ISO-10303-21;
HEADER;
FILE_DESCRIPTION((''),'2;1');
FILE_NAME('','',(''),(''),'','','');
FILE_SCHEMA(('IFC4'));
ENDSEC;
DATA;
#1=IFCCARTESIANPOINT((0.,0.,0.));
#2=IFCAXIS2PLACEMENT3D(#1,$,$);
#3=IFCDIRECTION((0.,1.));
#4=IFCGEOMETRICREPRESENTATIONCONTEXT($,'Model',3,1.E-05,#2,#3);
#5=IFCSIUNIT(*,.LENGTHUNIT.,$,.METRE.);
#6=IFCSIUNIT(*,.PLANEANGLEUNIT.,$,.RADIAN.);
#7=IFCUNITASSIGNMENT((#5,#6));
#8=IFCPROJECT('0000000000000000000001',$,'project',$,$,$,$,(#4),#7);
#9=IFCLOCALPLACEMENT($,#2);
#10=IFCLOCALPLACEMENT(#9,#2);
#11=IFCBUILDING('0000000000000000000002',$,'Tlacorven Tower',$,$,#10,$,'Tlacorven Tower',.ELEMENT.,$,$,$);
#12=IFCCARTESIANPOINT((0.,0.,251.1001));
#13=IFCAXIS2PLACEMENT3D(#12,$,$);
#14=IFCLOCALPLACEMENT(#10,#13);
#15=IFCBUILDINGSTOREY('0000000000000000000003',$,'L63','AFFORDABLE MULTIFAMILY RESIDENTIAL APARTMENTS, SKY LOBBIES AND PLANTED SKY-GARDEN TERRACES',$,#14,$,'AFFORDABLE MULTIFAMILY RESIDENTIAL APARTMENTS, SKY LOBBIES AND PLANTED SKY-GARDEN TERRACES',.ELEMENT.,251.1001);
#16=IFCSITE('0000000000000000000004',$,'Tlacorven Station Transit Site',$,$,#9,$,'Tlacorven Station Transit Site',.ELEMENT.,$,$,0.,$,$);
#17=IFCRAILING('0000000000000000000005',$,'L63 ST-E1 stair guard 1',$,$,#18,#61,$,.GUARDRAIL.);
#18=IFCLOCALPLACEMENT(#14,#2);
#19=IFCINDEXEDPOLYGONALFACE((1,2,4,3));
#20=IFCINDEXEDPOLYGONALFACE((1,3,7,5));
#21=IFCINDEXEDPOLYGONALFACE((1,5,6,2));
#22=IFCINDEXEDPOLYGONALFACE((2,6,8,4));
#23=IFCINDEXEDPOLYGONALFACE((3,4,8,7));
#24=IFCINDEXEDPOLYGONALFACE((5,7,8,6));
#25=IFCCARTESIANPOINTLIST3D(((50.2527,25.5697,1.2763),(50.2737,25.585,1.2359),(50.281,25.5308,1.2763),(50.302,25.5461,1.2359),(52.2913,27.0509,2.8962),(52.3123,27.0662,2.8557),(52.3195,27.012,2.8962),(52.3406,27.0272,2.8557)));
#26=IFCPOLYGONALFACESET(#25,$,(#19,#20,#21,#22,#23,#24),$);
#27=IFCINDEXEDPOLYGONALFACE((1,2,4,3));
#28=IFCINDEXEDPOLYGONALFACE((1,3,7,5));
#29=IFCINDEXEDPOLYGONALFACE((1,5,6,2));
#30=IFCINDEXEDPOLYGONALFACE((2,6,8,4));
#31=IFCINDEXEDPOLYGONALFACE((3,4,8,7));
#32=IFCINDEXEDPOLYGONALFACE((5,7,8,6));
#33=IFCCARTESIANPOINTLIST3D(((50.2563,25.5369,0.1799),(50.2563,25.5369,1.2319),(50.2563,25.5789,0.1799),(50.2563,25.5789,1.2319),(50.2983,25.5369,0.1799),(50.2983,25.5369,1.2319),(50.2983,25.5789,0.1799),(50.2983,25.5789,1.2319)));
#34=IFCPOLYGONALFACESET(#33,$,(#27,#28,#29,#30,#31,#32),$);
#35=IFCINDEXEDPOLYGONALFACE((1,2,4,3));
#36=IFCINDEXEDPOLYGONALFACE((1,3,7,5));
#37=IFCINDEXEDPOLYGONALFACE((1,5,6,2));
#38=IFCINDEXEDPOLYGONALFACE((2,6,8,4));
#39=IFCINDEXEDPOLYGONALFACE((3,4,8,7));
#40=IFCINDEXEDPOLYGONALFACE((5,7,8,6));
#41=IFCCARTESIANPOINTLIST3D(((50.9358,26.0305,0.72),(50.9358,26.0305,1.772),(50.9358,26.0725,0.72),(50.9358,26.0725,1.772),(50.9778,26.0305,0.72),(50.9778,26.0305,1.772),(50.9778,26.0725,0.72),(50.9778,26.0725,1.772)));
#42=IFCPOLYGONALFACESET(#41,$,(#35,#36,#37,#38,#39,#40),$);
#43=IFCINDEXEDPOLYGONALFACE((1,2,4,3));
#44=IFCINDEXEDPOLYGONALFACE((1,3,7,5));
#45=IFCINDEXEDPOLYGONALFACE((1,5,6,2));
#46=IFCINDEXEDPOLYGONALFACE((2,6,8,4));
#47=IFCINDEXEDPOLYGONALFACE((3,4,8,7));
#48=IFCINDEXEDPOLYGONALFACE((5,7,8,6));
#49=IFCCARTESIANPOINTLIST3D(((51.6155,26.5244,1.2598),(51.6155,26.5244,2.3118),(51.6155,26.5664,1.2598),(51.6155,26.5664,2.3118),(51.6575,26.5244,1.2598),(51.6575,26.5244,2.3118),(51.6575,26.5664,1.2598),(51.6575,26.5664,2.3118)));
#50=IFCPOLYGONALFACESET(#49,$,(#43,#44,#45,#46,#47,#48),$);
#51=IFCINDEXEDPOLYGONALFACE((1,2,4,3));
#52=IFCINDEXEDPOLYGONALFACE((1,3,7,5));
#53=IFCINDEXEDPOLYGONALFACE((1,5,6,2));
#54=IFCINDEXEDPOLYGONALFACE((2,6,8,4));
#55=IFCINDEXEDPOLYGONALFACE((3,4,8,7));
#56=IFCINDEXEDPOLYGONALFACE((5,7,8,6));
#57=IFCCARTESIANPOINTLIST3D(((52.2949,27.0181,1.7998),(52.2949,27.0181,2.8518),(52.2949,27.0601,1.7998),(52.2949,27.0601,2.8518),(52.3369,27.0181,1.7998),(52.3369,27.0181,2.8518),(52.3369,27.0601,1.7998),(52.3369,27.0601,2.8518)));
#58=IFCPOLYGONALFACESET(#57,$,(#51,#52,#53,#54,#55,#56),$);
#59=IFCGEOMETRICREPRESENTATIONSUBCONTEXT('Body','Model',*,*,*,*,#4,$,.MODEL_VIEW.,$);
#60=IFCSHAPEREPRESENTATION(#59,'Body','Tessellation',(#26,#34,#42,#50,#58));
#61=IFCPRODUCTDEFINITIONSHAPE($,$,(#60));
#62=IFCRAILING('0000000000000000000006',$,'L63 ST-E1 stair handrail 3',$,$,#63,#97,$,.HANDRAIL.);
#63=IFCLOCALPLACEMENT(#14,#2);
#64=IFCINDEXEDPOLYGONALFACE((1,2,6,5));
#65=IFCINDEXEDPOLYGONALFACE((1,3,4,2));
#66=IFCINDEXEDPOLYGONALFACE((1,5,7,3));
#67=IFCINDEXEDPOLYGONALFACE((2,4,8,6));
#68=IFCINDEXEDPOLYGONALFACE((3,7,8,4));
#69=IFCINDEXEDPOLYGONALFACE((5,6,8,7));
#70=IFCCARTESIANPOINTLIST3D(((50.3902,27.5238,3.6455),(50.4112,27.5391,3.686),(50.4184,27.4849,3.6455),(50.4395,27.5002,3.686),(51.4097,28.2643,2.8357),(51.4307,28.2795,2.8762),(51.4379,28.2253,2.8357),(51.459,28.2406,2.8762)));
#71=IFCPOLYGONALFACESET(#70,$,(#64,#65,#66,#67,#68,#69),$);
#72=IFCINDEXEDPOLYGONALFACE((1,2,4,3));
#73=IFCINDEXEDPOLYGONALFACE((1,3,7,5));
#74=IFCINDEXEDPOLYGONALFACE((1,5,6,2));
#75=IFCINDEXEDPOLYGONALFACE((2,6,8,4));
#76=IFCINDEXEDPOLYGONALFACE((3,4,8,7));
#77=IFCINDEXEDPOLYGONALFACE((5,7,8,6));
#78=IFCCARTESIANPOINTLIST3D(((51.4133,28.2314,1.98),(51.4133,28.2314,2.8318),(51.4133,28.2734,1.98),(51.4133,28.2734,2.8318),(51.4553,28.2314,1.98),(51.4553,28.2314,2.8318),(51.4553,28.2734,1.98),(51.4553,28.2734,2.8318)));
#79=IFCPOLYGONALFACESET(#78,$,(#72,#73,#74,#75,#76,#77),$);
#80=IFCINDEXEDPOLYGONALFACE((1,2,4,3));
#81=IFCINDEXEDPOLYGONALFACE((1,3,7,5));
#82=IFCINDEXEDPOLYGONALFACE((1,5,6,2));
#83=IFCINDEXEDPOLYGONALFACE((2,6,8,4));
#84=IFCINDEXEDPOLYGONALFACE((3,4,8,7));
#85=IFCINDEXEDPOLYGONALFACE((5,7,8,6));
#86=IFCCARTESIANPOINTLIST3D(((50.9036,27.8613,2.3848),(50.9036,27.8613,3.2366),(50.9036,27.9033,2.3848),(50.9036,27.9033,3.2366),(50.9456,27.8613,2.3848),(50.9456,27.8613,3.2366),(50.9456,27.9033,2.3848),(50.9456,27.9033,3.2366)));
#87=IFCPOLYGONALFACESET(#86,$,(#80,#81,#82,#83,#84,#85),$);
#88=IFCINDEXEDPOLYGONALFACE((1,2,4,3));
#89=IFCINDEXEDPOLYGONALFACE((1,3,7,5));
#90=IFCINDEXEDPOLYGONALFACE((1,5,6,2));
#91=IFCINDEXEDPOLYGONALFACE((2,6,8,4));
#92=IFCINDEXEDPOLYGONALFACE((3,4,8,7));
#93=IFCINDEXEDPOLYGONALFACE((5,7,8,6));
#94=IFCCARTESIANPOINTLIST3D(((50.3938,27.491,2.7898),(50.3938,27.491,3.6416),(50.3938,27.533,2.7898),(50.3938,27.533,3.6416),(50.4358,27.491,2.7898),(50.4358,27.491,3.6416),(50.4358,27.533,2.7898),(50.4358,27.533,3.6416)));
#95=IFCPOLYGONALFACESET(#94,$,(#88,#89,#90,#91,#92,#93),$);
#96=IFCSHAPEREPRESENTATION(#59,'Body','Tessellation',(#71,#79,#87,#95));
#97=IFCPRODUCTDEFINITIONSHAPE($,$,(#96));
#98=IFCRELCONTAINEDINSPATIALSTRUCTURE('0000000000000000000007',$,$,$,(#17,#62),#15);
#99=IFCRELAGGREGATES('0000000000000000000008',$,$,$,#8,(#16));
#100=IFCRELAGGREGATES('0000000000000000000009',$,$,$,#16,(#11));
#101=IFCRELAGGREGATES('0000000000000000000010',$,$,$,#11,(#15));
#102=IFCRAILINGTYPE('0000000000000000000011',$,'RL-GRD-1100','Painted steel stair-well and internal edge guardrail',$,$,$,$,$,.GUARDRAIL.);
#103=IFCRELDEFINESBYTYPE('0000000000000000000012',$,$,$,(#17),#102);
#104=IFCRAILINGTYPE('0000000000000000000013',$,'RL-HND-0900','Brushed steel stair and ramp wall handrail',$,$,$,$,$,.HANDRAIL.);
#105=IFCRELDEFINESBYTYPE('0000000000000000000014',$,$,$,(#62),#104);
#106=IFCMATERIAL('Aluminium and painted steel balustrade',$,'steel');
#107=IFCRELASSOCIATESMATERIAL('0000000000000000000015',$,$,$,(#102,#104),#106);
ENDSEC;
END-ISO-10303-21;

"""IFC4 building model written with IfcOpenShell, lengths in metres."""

from ifc_helpers import new_model, si_unit, direction, frame, origin, origin_2d, place, context, subcontext, project, spatial, rectangle, extrude, source, transform, mapped, material, type_object, element, save


model = new_model("IFC4")

# Units and contexts
model_context = context("Model", 3, precision=1e-05, world=origin(), true_north=direction((0.0, 1.0)))
body_context = subcontext(model_context, "Body", "Model", "MODEL_VIEW")
ifc_project = project(units=[si_unit("LENGTHUNIT", "METRE"), si_unit("PLANEANGLEUNIT", "RADIAN")], contexts=[model_context])

# Site, building, storey
site_placement = place(None, origin())
site = spatial("IfcSite", under=ifc_project, at=site_placement, Name="Tlacorven Station Transit Site", LongName="Tlacorven Station Transit Site", CompositionType="ELEMENT", RefElevation=0.0)
building_placement = place(site_placement, origin())
building = spatial("IfcBuilding", under=site, at=building_placement, Name="Tlacorven Tower", LongName="Tlacorven Tower", CompositionType="ELEMENT")
storey_placement = place(building_placement, frame((0.0, 0.0, 251.1001)))
storey = spatial("IfcBuildingStorey", under=building, at=storey_placement, Name="L63", Description="AFFORDABLE MULTIFAMILY RESIDENTIAL APARTMENTS, SKY LOBBIES AND PLANTED SKY-GARDEN TERRACES", LongName="AFFORDABLE MULTIFAMILY RESIDENTIAL APARTMENTS, SKY LOBBIES AND PLANTED SKY-GARDEN TERRACES", CompositionType="ELEMENT", Elevation=251.1001)

# Railings
ifc_material_1 = material(Name="Aluminium and painted steel balustrade", Category="steel")
railing_type_1 = type_object("IfcRailingType", Name="RL-GRD-1100", Description="Painted steel stair-well and internal edge guardrail", PredefinedType="GUARDRAIL", material=ifc_material_1)
railing_type_2 = type_object("IfcRailingType", Name="RL-HND-0900", Description="Brushed steel stair and ramp wall handrail", PredefinedType="HANDRAIL", material=ifc_material_1)
shared_shape_1 = source(origin(), body_context, "Body", "SweptSolid", [
    extrude(rectangle(XDim=0.0481, YDim=0.0481, at=origin_2d()), frame((0.0, 0.0, 1.0762), z_axis=(0.680519, 0.494456, 0.540747), x_axis=(-0.587809, 0.809, 0.0)), (0.0, 0.0, 1.0), 2.9956),
    extrude(rectangle(XDim=0.042, YDim=0.042, at=origin_2d()), origin(), (0.0, 0.0, 1.0), 1.052),
    extrude(rectangle(XDim=0.042, YDim=0.042, at=origin_2d()), frame((0.6794, 0.4937, 0.54)), (0.0, 0.0, 1.0), 1.052),
    extrude(rectangle(XDim=0.042, YDim=0.042, at=origin_2d()), frame((1.3591, 0.9875, 1.0798)), (0.0, 0.0, 1.0), 1.052),
    extrude(rectangle(XDim=0.042, YDim=0.042, at=origin_2d()), frame((2.0386, 1.4812, 1.6199)), (0.0, 0.0, 1.0), 1.052),
])
railing_1_placement = place(storey_placement, frame((50.2773, 25.5579, 0.1799)))
element("IfcRailing", 1, at=railing_1_placement, inside=storey, type_object=railing_type_1, Name="L63 ST-E1 stair guard 1", PredefinedType="GUARDRAIL", context=body_context, shape_type="MappedRepresentation", body=[
    mapped(shared_shape_1, transform((0.0, 0.0, 0.0), scale=1.0)),
])
shared_shape_2 = source(origin(), body_context, "Body", "SweptSolid", [
    extrude(rectangle(XDim=0.0481, YDim=0.0481, at=origin_2d()), frame((0.0, 0.0, 0.876), z_axis=(-0.680664, -0.494361, 0.540652), x_axis=(0.587653, -0.809113, 0.0)), (0.0, 0.0, 1.0), 1.4978),
    extrude(rectangle(XDim=0.042, YDim=0.042, at=origin_2d()), origin(), (0.0, 0.0, 1.0), 0.8518),
    extrude(rectangle(XDim=0.042, YDim=0.042, at=origin_2d()), frame((-0.5098, -0.3701, 0.4048)), (0.0, 0.0, 1.0), 0.8518),
    extrude(rectangle(XDim=0.042, YDim=0.042, at=origin_2d()), frame((-1.0195, -0.7405, 0.8098)), (0.0, 0.0, 1.0), 0.8518),
])
railing_2_placement = place(storey_placement, frame((51.4343, 28.2524, 1.98)))
element("IfcRailing", 2, at=railing_2_placement, inside=storey, type_object=railing_type_2, Name="L63 ST-E1 stair handrail 3", PredefinedType="HANDRAIL", context=body_context, shape_type="MappedRepresentation", body=[
    mapped(shared_shape_2, transform((0.0, 0.0, 0.0), scale=1.0)),
])

save(model, "model.ifc")
